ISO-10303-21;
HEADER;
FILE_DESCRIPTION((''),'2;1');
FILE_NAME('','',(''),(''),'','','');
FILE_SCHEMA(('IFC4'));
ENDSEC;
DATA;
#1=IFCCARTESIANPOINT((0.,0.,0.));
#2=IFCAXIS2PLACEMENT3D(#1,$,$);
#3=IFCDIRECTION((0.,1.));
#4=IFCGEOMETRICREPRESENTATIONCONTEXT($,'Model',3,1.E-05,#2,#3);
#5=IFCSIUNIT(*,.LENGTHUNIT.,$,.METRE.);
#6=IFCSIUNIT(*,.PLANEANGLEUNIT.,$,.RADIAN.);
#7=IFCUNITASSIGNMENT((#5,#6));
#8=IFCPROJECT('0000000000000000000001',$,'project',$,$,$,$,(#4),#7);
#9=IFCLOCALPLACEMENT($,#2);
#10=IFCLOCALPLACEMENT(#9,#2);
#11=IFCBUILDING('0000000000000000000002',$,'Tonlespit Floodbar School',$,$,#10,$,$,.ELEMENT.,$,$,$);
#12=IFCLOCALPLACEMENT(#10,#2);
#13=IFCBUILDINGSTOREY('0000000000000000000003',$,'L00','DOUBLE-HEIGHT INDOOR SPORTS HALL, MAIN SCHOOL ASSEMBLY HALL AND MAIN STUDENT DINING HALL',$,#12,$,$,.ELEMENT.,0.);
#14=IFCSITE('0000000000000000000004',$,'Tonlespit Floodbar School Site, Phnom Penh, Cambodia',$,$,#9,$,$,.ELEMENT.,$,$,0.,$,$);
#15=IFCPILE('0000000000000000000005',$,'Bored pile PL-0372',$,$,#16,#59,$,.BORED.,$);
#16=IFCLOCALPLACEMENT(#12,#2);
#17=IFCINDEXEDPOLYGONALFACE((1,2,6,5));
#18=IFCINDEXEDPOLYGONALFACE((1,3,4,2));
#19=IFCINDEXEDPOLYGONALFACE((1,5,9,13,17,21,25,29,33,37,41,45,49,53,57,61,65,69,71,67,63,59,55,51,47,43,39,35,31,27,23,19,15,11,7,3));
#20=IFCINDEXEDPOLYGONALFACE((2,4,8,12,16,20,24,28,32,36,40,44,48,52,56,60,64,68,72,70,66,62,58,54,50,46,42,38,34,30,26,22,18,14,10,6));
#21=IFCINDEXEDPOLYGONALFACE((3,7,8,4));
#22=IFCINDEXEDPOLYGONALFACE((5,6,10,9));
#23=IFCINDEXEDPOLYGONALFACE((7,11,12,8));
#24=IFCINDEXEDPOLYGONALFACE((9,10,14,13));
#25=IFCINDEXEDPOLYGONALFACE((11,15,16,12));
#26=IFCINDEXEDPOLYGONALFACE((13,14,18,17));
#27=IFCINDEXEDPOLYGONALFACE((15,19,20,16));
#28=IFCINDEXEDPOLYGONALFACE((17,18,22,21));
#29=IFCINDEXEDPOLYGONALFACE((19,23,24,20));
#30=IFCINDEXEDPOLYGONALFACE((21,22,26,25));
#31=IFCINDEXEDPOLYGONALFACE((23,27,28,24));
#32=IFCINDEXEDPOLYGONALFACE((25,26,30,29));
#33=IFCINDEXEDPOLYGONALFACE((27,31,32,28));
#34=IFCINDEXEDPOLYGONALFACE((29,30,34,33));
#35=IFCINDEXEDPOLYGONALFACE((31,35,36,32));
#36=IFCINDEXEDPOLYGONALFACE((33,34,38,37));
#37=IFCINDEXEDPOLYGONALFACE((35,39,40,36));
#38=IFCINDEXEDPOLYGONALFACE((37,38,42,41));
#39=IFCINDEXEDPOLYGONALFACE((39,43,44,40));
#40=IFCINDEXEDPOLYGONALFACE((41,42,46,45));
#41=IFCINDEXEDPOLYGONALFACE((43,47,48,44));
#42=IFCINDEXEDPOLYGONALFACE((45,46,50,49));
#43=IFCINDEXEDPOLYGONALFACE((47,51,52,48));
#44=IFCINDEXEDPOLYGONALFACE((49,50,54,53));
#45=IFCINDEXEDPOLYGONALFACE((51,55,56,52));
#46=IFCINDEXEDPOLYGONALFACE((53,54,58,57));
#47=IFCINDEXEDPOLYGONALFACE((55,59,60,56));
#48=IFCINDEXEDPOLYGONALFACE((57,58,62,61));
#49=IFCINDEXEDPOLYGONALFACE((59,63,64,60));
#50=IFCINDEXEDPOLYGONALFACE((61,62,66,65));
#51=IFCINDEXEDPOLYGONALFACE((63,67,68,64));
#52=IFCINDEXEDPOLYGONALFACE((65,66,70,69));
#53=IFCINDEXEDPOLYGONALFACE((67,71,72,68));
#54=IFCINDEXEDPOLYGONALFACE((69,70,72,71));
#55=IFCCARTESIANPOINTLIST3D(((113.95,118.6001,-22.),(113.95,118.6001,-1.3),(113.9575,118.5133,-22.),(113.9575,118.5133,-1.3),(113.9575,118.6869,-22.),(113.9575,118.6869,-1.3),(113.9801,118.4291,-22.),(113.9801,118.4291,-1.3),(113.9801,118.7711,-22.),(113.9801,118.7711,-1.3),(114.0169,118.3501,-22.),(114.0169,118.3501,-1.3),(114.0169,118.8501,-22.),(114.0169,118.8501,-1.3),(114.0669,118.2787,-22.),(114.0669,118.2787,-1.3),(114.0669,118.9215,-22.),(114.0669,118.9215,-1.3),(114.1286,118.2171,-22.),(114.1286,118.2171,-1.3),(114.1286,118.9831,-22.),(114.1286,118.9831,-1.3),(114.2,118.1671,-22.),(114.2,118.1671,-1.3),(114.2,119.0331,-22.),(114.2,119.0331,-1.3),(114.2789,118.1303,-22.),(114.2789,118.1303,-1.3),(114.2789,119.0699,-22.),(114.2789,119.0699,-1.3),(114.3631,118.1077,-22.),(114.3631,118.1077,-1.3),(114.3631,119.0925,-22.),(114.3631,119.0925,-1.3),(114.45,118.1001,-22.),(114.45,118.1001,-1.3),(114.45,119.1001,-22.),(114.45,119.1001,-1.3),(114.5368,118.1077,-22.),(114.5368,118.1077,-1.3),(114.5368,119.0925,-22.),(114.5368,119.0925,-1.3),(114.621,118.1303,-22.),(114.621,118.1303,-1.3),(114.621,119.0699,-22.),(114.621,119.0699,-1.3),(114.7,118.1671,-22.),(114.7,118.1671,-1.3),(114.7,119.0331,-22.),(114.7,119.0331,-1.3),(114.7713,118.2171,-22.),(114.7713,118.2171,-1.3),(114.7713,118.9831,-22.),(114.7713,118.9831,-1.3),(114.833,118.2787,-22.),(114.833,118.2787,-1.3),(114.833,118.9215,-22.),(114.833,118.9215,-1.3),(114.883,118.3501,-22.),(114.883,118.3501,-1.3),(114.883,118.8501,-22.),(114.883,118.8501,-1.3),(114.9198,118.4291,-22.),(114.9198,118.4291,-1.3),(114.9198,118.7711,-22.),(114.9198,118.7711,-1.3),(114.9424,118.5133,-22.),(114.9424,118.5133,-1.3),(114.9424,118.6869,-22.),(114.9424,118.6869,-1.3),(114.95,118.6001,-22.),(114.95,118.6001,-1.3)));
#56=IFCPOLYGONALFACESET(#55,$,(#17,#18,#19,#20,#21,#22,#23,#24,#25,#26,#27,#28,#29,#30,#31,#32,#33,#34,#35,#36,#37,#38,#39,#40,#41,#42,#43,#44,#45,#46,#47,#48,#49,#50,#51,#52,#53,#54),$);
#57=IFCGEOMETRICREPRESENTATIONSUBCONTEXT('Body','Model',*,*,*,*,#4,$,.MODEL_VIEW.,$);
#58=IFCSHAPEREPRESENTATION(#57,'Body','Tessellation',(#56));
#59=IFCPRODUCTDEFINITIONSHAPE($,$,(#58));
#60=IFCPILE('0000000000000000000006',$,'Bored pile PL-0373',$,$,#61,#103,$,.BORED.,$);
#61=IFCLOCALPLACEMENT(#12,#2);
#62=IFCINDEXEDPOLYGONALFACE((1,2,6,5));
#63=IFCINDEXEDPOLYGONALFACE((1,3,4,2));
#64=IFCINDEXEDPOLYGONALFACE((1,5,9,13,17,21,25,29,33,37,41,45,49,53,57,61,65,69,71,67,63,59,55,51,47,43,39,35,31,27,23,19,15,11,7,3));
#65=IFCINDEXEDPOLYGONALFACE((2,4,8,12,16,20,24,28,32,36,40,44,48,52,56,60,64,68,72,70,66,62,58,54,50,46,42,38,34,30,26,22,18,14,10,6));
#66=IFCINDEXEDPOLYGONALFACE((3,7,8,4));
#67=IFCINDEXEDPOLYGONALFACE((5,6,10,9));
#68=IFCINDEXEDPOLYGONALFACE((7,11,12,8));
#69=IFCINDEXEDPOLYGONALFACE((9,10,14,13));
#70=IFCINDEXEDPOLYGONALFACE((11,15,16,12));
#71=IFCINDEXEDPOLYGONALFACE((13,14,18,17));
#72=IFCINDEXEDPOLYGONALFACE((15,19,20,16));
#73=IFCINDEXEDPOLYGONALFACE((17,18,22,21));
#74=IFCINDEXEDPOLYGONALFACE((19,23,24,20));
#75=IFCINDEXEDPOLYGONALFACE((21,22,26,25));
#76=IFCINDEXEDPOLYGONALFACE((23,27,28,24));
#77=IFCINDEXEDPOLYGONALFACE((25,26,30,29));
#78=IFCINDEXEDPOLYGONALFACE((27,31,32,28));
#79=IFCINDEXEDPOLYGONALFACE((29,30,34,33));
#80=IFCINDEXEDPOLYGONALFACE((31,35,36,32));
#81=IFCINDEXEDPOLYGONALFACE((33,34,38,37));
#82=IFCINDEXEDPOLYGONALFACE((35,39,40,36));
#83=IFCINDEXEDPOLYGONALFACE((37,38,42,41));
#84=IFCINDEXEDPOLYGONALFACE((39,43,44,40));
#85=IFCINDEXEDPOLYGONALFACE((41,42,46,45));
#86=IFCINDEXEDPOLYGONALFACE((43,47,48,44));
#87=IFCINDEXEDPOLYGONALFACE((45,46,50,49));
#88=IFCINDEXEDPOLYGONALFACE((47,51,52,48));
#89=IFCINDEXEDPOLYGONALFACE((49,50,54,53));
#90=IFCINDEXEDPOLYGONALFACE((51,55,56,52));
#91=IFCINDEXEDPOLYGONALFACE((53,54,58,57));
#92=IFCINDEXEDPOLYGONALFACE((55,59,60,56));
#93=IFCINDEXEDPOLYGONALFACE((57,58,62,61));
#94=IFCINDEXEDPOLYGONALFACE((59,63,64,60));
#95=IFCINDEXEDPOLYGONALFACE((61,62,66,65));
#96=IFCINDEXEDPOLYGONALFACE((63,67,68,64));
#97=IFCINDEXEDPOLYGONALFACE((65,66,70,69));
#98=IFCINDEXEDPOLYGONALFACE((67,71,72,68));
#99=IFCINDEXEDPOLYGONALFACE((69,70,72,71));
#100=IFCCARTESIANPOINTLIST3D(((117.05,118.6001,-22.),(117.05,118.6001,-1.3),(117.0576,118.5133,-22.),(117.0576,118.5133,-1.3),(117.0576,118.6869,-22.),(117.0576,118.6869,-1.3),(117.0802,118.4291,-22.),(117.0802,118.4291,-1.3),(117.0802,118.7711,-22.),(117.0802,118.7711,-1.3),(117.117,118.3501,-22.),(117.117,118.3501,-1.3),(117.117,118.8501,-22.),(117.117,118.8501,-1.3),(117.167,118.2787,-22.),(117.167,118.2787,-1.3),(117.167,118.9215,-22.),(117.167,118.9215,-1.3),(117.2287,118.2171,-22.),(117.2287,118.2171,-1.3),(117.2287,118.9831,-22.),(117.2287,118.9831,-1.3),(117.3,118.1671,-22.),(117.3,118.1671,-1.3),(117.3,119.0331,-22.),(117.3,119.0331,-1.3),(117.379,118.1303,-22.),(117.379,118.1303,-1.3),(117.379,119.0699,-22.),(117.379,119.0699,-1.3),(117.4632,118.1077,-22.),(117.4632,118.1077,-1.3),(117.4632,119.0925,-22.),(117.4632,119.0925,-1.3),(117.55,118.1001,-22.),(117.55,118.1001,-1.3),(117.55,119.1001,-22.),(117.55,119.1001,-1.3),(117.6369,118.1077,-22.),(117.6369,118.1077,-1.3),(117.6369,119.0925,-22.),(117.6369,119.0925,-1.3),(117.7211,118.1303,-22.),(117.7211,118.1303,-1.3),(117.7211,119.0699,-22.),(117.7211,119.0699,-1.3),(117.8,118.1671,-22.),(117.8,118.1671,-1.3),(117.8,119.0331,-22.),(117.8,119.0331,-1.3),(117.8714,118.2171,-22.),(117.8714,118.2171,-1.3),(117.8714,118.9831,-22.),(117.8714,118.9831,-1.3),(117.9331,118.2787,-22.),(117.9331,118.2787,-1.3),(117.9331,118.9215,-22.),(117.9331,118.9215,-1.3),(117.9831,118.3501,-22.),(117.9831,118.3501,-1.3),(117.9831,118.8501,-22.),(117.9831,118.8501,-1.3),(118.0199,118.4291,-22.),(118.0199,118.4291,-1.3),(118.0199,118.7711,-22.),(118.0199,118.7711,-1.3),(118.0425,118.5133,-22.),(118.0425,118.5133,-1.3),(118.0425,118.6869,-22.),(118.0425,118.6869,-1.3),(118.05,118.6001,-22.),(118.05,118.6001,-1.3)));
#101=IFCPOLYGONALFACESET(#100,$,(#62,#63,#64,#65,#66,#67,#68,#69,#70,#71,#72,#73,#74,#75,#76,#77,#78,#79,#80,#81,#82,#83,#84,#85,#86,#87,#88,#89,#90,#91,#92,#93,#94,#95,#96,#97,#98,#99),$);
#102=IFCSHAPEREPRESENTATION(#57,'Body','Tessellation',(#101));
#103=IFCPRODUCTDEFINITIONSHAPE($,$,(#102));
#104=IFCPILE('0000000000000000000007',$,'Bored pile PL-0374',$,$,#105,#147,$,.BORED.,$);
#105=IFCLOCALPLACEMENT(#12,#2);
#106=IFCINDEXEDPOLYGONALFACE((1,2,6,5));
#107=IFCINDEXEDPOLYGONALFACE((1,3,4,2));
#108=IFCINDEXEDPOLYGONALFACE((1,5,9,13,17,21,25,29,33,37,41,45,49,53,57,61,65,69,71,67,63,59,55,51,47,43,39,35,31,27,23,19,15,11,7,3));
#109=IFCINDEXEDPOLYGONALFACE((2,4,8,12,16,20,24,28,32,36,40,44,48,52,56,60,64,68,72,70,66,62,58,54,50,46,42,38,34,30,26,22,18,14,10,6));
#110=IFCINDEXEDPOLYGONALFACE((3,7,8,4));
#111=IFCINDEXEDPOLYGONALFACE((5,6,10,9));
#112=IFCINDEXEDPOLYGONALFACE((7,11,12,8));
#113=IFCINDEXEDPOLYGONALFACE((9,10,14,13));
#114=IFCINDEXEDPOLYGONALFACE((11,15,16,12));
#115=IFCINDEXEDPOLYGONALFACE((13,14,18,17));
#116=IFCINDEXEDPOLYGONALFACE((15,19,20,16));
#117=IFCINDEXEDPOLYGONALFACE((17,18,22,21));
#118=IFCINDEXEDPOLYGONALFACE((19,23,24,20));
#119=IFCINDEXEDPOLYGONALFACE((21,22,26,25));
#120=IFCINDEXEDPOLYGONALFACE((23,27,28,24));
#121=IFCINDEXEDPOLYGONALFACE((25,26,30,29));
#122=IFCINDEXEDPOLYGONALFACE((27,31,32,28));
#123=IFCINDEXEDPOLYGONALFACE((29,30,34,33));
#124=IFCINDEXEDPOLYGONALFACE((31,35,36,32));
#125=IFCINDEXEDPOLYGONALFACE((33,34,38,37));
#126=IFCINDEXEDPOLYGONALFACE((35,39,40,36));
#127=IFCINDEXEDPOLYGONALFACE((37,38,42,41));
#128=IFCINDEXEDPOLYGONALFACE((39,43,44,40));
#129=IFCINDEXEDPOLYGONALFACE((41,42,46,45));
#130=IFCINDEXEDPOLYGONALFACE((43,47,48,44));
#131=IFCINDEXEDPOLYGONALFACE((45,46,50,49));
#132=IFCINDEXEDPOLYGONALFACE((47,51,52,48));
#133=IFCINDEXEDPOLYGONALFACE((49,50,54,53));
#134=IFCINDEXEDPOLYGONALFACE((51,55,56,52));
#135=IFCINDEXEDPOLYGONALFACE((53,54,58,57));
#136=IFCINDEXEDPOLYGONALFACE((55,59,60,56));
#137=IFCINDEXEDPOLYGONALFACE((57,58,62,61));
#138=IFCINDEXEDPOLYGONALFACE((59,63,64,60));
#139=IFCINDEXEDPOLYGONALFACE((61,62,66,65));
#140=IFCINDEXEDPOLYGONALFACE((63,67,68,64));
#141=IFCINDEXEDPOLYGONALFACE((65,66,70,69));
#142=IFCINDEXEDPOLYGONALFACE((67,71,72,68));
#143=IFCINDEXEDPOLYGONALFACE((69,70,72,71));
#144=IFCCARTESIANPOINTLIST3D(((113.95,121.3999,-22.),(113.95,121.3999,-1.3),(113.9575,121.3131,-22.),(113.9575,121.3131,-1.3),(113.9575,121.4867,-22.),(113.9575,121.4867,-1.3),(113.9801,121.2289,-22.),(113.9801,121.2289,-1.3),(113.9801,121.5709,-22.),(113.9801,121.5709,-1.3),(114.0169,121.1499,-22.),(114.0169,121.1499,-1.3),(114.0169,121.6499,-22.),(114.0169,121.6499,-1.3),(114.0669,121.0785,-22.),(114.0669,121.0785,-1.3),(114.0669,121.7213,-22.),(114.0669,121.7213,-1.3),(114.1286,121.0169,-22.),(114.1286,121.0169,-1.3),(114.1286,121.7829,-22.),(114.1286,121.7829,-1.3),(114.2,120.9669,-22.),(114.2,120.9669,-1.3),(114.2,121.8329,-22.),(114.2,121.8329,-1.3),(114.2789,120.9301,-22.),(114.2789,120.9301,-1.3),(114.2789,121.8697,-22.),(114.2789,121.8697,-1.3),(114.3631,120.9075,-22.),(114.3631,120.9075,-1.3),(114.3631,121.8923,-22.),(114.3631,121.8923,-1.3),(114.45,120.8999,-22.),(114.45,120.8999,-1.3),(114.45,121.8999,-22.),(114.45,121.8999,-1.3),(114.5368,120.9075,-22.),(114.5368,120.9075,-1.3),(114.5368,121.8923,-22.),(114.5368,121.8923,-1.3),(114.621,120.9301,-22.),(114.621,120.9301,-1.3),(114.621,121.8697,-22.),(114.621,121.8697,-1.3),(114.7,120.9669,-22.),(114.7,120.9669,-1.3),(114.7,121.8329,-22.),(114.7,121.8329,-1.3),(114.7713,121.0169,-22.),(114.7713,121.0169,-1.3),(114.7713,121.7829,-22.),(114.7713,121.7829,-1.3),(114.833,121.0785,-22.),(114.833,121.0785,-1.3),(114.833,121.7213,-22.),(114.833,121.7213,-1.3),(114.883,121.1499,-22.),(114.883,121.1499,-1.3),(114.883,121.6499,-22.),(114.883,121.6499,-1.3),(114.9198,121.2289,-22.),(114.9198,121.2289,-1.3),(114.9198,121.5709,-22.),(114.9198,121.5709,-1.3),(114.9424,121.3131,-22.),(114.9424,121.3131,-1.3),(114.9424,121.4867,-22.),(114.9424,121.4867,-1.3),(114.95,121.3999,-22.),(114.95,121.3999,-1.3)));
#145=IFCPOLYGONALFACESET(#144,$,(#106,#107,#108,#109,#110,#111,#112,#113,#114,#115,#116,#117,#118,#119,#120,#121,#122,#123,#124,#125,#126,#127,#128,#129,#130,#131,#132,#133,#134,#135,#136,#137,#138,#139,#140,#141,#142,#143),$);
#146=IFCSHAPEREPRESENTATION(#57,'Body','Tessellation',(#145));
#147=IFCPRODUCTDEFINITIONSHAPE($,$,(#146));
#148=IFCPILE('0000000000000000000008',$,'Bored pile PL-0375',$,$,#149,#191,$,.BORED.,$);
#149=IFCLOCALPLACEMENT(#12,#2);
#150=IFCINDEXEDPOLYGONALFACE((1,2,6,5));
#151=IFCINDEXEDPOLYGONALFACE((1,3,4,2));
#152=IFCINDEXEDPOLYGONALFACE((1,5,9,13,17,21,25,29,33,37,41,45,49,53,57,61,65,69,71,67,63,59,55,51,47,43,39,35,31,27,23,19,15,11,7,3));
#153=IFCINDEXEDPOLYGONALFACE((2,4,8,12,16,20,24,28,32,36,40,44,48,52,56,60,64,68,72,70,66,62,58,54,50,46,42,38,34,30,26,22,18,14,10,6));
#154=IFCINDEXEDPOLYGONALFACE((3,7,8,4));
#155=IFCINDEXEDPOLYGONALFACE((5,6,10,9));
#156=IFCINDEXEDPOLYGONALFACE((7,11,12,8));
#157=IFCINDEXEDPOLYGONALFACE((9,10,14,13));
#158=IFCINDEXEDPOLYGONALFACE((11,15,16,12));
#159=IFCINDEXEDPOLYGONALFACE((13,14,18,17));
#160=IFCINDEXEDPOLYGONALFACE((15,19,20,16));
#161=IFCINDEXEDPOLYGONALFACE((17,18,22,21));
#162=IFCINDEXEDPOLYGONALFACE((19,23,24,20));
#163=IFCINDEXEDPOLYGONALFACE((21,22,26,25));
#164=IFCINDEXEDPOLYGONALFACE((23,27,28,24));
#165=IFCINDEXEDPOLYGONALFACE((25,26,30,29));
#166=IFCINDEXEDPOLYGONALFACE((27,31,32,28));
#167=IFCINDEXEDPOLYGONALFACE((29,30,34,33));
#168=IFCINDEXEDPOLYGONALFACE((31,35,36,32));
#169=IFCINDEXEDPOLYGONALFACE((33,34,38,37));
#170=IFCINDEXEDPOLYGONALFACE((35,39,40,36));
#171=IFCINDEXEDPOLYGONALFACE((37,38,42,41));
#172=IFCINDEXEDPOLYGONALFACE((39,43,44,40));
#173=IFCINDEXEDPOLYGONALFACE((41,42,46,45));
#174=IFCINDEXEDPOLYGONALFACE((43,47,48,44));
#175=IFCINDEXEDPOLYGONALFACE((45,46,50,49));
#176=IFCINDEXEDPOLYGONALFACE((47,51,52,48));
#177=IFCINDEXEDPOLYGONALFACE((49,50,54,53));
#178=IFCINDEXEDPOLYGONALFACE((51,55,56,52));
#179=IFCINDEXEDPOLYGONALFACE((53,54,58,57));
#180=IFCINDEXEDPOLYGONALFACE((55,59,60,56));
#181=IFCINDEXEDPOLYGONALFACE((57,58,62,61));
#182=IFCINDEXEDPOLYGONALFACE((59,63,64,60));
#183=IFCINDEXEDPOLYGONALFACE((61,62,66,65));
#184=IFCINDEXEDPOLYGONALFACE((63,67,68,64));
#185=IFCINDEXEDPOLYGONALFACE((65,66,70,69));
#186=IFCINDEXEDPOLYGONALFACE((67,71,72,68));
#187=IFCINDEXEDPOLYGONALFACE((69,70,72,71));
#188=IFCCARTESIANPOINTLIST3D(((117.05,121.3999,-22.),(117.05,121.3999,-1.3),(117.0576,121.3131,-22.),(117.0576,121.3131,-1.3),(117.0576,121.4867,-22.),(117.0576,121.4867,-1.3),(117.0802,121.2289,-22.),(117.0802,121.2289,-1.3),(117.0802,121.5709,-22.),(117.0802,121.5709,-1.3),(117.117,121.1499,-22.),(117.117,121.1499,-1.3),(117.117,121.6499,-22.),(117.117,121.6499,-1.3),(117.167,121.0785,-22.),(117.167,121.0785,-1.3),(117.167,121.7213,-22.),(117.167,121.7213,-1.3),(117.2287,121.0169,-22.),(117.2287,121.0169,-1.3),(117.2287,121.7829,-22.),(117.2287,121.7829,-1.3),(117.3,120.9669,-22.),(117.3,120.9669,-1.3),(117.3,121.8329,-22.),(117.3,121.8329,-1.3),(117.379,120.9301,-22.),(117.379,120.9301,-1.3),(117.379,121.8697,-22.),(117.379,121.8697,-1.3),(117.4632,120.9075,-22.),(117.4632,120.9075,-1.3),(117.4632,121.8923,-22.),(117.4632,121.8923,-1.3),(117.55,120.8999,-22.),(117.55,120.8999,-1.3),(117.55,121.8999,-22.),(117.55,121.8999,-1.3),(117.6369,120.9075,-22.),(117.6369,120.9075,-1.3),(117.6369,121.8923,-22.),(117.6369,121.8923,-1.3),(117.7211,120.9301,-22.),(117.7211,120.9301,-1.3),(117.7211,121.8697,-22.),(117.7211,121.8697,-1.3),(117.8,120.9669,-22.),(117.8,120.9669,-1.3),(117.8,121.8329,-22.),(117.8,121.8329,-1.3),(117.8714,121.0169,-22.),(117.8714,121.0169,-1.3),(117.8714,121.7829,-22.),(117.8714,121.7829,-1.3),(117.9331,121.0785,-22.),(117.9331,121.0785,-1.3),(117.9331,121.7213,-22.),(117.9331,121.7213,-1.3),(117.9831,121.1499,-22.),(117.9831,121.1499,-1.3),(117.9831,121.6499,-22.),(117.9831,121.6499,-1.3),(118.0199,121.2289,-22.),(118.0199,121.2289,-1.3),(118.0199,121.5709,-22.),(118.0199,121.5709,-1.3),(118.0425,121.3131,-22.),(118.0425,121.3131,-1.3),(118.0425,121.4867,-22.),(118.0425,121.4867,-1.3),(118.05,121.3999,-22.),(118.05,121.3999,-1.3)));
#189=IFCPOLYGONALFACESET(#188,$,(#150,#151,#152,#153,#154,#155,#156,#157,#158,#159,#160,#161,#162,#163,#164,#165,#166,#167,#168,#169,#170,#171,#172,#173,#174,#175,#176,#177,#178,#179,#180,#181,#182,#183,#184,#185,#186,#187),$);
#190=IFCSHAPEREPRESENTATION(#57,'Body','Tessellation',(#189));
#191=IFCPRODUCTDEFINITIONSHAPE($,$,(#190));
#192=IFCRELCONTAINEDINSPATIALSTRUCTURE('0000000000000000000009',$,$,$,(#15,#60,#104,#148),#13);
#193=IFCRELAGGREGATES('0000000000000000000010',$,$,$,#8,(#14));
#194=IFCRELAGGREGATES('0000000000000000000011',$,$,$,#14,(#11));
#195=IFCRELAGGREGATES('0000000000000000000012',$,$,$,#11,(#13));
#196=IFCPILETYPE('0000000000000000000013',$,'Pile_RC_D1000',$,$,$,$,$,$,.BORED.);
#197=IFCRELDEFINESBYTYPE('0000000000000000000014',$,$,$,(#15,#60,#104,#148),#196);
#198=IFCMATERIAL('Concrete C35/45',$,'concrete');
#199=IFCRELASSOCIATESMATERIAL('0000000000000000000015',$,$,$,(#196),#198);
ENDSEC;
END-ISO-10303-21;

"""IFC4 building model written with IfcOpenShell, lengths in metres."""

from ifc_helpers import new_model, si_unit, direction, frame, origin, origin_2d, place, context, subcontext, project, spatial, circle, extrude, material, material_profile, profile_set, type_object, element, save


model = new_model("IFC4")

# Units and contexts
model_context = context("Model", 3, precision=1e-05, world=origin(), true_north=direction((0.0, 1.0)))
body_context = subcontext(model_context, "Body", "Model", "MODEL_VIEW")
ifc_project = project(units=[si_unit("LENGTHUNIT", "METRE"), si_unit("PLANEANGLEUNIT", "RADIAN")], contexts=[model_context])

# Site, building, storey
site_placement = place(None, origin())
site = spatial("IfcSite", under=ifc_project, at=site_placement, Name="Tonlespit Floodbar School Site, Phnom Penh, Cambodia", CompositionType="ELEMENT", RefElevation=0.0)
building_placement = place(site_placement, origin())
building = spatial("IfcBuilding", under=site, at=building_placement, Name="Tonlespit Floodbar School", CompositionType="ELEMENT")
storey_placement = place(building_placement, origin())
storey = spatial("IfcBuildingStorey", under=building, at=storey_placement, Name="L00", Description="DOUBLE-HEIGHT INDOOR SPORTS HALL, MAIN SCHOOL ASSEMBLY HALL AND MAIN STUDENT DINING HALL", CompositionType="ELEMENT", Elevation=0.0)

# Piles
ifc_material_1 = material(Name="Concrete C35/45", Category="concrete")
ifc_material_profile_1 = material_profile(ifc_material_1, circle(Radius=0.5, at=origin_2d()), Name="BP D1000")
ifc_profile_set_1 = profile_set([ifc_material_profile_1], Name="Concrete C35/45")
pile_type = type_object("IfcPileType", Name="Pile_RC_D1000", PredefinedType="BORED", material=ifc_profile_set_1)
for number, where, z_axis, x_axis, name in (
    (1, (114.45, 118.6001, -1.3), (0.0, 0.0, -1.0), (1.0, 0.0, 0.0), "Bored pile PL-0372"),
    (2, (117.55, 118.6001, -1.3), (0.0, 0.0, -1.0), (1.0, 0.0, 0.0), "Bored pile PL-0373"),
    (3, (114.45, 121.3999, -1.3), (0.0, 0.0, -1.0), (1.0, 0.0, 0.0), "Bored pile PL-0374"),
    (4, (117.55, 121.3999, -1.3), (0.0, 0.0, -1.0), (1.0, 0.0, 0.0), "Bored pile PL-0375"),
):
    element("IfcPile", number, at=place(storey_placement, frame(where, z_axis=z_axis, x_axis=x_axis)), inside=storey, type_object=pile_type, Name=name, PredefinedType="BORED", context=body_context, shape_type="SweptSolid", body=[
        extrude(circle(Radius=0.5, at=origin_2d()), origin(), (0.0, 0.0, 1.0), 20.7),
    ])

save(model, "model.ifc")
